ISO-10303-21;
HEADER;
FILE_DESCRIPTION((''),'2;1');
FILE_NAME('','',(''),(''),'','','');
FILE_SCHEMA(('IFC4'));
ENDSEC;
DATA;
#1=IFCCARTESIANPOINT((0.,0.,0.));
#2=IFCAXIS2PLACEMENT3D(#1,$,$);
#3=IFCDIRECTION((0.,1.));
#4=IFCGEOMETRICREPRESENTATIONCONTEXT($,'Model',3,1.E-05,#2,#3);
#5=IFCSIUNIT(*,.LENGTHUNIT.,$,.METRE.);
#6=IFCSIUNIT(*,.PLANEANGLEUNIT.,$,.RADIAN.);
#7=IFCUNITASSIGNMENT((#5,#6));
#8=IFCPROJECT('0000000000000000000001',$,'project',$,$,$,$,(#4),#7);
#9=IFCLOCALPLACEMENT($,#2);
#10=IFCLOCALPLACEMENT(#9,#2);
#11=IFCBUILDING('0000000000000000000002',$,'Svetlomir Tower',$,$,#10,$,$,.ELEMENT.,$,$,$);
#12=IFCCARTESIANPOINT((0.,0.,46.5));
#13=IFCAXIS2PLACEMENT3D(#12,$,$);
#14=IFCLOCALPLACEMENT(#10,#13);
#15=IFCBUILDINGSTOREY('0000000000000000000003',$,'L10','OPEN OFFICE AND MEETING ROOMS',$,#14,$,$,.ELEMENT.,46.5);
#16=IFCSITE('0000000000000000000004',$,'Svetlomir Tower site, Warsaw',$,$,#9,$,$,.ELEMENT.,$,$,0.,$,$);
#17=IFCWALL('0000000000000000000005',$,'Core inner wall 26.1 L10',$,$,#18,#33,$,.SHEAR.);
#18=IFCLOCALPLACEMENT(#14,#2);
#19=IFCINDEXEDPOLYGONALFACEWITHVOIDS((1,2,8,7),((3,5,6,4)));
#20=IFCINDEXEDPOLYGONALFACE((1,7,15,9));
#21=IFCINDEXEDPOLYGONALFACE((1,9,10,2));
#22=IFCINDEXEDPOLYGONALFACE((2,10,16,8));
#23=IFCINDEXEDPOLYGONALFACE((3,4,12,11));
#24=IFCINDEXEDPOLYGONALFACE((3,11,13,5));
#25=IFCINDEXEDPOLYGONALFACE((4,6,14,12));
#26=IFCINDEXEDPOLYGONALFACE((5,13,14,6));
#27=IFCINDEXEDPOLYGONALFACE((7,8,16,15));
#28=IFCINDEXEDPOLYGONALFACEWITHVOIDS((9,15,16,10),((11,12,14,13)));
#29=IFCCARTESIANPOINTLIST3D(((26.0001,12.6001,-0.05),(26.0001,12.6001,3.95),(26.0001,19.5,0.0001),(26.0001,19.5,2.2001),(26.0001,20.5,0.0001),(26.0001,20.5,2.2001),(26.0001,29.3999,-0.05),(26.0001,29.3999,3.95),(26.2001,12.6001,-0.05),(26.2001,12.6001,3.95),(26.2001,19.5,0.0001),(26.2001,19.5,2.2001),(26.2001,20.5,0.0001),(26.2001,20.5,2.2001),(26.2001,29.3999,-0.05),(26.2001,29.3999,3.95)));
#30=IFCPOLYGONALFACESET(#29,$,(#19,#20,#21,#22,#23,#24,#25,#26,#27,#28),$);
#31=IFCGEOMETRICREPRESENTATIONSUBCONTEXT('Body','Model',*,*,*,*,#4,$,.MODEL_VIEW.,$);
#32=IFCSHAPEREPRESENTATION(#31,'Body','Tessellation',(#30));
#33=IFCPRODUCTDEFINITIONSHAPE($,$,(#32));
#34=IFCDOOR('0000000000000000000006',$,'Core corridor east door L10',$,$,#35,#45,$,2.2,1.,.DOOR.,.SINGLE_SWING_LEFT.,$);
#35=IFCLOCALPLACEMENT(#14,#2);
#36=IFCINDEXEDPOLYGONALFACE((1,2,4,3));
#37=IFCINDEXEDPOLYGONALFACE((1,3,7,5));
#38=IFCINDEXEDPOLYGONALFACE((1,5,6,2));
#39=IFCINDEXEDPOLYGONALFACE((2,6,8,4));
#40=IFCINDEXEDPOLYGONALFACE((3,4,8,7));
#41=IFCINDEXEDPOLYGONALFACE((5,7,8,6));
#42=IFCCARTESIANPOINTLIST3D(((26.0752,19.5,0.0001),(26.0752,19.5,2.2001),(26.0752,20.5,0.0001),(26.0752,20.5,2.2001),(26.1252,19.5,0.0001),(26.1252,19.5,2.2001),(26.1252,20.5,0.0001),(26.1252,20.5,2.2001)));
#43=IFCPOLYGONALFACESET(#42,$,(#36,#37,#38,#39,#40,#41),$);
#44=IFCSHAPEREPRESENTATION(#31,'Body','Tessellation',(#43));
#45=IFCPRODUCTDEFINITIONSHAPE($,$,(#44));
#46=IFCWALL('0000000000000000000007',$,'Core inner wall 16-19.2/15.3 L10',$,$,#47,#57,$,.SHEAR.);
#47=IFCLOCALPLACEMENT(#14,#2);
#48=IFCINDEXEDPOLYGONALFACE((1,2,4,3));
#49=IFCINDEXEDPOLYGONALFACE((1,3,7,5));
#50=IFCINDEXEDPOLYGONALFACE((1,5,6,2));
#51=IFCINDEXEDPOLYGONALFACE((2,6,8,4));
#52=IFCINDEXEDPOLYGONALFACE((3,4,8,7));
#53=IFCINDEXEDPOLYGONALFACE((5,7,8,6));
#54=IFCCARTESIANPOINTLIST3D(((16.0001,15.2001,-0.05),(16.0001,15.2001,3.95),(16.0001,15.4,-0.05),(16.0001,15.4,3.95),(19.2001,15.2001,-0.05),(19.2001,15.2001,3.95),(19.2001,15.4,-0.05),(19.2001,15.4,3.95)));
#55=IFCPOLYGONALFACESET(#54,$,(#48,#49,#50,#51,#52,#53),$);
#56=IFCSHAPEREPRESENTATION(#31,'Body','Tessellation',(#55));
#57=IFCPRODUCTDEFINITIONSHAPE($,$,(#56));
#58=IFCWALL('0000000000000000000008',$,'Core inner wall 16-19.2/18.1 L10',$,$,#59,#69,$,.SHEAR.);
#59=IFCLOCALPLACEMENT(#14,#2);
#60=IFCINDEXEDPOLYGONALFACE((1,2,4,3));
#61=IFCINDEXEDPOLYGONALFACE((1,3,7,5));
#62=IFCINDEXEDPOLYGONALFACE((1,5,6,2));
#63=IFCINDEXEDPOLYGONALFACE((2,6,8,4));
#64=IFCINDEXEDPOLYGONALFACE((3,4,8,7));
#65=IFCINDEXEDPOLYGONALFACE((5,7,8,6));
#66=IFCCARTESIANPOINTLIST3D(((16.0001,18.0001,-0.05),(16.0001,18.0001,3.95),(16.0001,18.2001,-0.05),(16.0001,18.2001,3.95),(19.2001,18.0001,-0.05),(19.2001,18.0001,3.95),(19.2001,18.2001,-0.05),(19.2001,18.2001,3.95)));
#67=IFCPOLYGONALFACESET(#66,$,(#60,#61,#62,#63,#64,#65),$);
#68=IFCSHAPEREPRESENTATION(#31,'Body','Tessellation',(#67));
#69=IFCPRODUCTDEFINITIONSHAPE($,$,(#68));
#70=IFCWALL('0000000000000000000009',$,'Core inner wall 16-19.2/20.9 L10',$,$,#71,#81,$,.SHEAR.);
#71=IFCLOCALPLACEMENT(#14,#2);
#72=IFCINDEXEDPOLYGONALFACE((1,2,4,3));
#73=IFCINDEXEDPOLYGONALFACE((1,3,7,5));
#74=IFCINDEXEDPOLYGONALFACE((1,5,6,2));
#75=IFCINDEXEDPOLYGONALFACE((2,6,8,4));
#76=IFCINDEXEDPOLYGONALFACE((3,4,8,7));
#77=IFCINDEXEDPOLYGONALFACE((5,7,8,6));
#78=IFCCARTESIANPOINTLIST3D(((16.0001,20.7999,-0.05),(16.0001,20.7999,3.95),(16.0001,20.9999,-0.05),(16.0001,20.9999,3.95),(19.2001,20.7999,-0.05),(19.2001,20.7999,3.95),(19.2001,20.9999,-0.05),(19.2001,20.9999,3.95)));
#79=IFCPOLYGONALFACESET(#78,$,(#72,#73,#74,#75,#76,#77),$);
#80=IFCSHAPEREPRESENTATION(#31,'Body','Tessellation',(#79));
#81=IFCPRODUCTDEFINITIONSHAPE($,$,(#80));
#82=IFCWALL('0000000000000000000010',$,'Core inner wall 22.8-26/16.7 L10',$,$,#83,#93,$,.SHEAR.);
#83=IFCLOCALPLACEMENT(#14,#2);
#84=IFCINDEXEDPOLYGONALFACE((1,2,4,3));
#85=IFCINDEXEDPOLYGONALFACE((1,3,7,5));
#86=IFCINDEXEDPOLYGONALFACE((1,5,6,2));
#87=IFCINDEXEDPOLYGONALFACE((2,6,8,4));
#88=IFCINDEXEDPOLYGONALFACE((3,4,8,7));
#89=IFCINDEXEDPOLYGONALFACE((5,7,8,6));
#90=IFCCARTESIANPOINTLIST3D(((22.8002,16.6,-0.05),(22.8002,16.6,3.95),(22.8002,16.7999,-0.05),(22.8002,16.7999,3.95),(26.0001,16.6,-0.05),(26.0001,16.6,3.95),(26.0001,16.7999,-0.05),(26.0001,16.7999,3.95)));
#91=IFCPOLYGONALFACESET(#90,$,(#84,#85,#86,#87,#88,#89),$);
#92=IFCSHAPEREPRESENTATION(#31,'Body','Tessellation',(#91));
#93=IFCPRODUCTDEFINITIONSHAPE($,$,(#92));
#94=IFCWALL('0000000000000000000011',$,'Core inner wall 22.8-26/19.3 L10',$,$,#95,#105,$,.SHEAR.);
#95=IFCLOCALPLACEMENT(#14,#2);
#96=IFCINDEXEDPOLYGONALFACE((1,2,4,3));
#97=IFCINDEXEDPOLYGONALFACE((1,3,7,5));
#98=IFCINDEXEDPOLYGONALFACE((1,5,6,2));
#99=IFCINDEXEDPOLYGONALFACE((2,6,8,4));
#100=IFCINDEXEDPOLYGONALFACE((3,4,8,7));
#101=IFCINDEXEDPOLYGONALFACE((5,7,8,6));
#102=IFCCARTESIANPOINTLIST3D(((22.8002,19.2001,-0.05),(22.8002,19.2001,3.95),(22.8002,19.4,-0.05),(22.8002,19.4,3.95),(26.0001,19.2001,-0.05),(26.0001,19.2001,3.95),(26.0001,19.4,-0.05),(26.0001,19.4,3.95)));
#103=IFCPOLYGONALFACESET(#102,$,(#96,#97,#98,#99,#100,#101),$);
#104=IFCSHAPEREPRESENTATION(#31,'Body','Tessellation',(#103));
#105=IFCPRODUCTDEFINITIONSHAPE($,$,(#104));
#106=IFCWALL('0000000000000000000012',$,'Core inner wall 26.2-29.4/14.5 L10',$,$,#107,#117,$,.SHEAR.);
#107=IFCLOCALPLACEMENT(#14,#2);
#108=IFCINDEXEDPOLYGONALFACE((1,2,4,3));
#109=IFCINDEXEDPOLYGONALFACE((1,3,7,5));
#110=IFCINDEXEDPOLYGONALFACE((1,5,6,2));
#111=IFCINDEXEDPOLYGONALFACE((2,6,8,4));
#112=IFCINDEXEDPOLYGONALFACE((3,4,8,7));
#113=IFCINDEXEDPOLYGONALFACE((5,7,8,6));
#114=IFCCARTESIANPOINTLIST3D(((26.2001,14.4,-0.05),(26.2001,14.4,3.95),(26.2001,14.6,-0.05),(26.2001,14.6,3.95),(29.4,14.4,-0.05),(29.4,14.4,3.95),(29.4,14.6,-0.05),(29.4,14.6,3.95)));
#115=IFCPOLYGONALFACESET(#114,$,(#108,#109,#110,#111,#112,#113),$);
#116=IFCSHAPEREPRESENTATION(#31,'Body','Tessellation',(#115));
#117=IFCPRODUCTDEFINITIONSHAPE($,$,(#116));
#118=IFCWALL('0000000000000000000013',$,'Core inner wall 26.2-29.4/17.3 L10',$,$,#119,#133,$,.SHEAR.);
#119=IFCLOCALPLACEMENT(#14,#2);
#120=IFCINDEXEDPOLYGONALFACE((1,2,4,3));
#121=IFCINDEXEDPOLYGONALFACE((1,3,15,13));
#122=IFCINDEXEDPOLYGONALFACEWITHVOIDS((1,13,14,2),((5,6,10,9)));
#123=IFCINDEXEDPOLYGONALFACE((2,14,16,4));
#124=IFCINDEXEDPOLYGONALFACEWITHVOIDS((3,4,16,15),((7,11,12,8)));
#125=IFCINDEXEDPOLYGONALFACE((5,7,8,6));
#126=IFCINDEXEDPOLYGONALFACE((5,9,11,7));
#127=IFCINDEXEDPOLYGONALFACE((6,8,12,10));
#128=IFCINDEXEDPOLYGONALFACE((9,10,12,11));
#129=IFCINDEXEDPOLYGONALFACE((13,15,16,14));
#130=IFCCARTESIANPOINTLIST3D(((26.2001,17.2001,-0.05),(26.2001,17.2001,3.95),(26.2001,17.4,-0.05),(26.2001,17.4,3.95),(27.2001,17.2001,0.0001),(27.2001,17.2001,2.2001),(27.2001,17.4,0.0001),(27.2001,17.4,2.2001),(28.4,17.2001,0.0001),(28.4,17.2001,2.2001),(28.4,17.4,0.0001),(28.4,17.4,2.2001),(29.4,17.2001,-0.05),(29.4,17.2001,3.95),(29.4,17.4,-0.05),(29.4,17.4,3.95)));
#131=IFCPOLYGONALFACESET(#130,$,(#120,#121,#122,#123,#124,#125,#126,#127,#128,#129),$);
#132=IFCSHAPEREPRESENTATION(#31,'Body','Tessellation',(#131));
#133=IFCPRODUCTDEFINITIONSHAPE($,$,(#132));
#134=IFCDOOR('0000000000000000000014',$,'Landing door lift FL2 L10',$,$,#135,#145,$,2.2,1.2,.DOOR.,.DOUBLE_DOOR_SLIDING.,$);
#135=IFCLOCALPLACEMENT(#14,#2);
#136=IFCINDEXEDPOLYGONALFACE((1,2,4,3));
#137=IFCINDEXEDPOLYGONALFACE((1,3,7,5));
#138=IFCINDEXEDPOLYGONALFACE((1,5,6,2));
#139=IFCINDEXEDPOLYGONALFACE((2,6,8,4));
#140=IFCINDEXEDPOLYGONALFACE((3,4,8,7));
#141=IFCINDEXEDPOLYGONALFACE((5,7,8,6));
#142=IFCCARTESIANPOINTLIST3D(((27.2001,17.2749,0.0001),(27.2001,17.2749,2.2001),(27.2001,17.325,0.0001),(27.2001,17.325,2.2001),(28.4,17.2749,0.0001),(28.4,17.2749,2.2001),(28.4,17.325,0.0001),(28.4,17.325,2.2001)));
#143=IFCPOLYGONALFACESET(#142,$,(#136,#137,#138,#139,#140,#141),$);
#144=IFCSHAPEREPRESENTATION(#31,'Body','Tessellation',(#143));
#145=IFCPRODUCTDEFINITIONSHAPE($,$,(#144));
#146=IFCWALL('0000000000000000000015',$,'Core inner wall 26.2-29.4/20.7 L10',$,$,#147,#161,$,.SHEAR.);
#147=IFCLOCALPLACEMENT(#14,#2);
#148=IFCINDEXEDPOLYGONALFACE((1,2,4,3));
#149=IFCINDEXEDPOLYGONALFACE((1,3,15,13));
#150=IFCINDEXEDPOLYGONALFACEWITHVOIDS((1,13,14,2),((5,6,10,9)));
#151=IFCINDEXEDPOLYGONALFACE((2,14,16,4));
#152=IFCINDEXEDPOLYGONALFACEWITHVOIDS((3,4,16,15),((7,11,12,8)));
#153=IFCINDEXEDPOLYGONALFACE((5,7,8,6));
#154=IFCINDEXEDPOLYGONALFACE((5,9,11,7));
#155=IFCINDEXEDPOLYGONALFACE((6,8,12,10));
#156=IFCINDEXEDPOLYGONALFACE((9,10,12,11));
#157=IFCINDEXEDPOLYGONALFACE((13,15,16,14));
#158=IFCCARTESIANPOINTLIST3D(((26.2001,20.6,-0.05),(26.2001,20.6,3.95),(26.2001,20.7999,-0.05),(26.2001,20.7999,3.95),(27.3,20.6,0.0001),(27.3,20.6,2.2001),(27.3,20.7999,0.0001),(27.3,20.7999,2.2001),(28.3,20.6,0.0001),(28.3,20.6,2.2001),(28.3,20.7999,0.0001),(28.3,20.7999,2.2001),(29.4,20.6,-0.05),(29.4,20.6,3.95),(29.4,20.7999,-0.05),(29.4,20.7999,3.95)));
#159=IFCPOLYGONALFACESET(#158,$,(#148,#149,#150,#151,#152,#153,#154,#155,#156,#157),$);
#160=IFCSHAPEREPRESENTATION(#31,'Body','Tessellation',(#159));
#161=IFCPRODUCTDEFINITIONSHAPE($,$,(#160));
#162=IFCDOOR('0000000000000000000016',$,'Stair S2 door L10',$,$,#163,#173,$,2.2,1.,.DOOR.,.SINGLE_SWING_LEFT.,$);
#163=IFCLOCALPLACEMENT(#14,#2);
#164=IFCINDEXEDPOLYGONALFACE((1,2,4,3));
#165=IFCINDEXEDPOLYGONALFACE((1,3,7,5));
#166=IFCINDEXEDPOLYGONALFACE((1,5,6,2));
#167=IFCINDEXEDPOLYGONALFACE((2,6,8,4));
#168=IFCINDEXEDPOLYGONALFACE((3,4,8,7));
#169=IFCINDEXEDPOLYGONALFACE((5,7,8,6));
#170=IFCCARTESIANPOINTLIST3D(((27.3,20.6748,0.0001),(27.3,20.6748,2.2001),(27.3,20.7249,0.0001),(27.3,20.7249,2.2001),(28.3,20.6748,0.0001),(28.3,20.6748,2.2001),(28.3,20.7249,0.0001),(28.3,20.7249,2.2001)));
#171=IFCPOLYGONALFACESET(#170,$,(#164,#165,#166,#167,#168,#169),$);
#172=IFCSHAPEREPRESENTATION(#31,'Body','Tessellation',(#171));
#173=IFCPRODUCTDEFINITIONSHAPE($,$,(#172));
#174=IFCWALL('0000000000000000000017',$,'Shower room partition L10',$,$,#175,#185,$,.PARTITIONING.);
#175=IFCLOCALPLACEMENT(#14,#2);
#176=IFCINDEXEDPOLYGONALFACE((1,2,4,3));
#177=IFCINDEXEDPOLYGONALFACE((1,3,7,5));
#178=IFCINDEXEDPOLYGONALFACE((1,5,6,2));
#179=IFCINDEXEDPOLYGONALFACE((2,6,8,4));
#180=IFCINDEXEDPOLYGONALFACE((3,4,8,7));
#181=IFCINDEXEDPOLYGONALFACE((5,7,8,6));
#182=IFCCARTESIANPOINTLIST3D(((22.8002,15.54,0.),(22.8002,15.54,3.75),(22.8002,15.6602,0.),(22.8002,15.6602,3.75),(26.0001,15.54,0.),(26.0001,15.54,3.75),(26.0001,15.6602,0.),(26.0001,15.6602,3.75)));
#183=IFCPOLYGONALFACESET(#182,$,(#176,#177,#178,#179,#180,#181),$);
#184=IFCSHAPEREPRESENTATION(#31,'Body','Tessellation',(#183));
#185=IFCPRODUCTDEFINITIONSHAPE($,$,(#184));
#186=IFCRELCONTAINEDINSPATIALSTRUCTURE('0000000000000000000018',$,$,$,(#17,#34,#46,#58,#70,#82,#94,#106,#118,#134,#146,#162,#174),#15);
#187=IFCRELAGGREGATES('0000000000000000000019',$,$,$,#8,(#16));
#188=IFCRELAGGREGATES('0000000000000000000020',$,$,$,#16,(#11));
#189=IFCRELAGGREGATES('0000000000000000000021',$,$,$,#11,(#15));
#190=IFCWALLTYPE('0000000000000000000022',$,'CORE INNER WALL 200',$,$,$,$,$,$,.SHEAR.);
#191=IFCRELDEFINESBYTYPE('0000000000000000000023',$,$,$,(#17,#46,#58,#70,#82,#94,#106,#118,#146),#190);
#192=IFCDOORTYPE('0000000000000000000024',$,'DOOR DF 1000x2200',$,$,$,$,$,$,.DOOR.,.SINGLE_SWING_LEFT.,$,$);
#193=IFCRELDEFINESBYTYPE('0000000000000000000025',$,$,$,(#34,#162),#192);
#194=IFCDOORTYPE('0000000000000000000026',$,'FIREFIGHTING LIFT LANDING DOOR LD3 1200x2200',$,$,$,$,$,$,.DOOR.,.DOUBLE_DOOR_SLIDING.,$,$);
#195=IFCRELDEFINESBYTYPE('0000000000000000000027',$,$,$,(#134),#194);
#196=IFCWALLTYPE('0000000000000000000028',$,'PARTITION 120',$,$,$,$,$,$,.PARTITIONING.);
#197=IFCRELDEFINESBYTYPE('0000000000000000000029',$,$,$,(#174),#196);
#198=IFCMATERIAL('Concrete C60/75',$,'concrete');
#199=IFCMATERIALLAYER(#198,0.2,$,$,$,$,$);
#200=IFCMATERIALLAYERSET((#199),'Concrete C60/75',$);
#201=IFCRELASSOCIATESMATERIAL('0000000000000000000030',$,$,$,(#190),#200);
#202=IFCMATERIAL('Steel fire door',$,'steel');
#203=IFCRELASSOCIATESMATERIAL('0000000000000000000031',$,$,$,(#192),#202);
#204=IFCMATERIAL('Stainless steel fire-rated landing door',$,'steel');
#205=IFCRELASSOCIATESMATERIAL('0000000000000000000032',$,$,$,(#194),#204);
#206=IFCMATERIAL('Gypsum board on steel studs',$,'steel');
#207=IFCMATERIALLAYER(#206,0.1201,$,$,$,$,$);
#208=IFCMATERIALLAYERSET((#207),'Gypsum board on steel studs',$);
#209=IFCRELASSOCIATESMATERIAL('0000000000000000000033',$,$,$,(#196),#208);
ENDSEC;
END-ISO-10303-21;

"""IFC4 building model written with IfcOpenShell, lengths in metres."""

from ifc_helpers import new_model, si_unit, direction, frame, frame_2d, origin, place, context, subcontext, project, spatial, rectangle, extrude, material, layer, layer_set, type_object, element, fill, save


model = new_model("IFC4")

# Units and contexts
model_context = context("Model", 3, precision=1e-05, world=origin(), true_north=direction((0.0, 1.0)))
body_context = subcontext(model_context, "Body", "Model", "MODEL_VIEW")
ifc_project = project(units=[si_unit("LENGTHUNIT", "METRE"), si_unit("PLANEANGLEUNIT", "RADIAN")], contexts=[model_context])

# Site, building, storey
site_placement = place(None, origin())
site = spatial("IfcSite", under=ifc_project, at=site_placement, Name="Svetlomir Tower site, Warsaw", CompositionType="ELEMENT", RefElevation=0.0)
building_placement = place(site_placement, origin())
building = spatial("IfcBuilding", under=site, at=building_placement, Name="Svetlomir Tower", CompositionType="ELEMENT")
storey_placement = place(building_placement, frame((0.0, 0.0, 46.5)))
storey = spatial("IfcBuildingStorey", under=building, at=storey_placement, Name="L10", Description="OPEN OFFICE AND MEETING ROOMS", CompositionType="ELEMENT", Elevation=46.5)

# Wall, opening, door
ifc_material_1 = material(Name="Concrete C60/75", Category="concrete")
ifc_layer_1 = layer(ifc_material_1, 0.2)
ifc_layer_set_1 = layer_set([ifc_layer_1], Name="Concrete C60/75")
wall_type_1 = type_object("IfcWallType", Name="CORE INNER WALL 200", PredefinedType="SHEAR", material=ifc_layer_set_1)
wall_1_placement = place(storey_placement, frame((26.1001, 12.6001, -0.05), z_axis=(0.0, 0.0, 1.0), x_axis=(0.0, 1.0, 0.0)))
wall_1 = element("IfcWall", 1, at=wall_1_placement, inside=storey, type_object=wall_type_1, Name="Core inner wall 26.1 L10", PredefinedType="SHEAR", context=body_context, shape_type="SweptSolid", body=[
    extrude(rectangle(XDim=16.7998, YDim=0.2, at=frame_2d((8.3999, 0.0))), origin(), (0.0, 0.0, 1.0), 4.0),
])
opening_1_placement = place(wall_1_placement, frame((6.8999, 0.0, 0.05)))
opening_1 = element("IfcOpeningElement", 2, at=opening_1_placement, cuts=wall_1, PredefinedType="OPENING", context=body_context, shape_type="SweptSolid", body=[
    extrude(rectangle(XDim=1.0, YDim=2.2, at=frame_2d((0.5, 1.1001))), frame((0.0, 0.1099, 0.0), z_axis=(0.0, -1.0, 0.0), x_axis=(1.0, 0.0, 0.0)), (0.0, 0.0, 1.0), 0.22),
])
ifc_material_2 = material(Name="Steel fire door", Category="steel")
door_type_1 = type_object("IfcDoorType", Name="DOOR DF 1000x2200", OperationType="SINGLE_SWING_LEFT", PredefinedType="DOOR", material=ifc_material_2)
door_1_placement = place(opening_1_placement, origin())
door_1 = element("IfcDoor", 3, at=door_1_placement, inside=storey, type_object=door_type_1, Name="Core corridor east door L10", OperationType="SINGLE_SWING_LEFT", OverallHeight=2.2, OverallWidth=1.0, PredefinedType="DOOR", context=body_context, shape_type="SweptSolid", body=[
    extrude(rectangle(XDim=1.0, YDim=2.2, at=frame_2d((0.5, 1.1001))), frame((0.0, 0.0249, 0.0), z_axis=(0.0, -1.0, 0.0), x_axis=(1.0, 0.0, 0.0)), (0.0, 0.0, 1.0), 0.05),
])
fill(opening_1, door_1)

# Walls
for number, where, z_axis, x_axis, name in (
    (4, (16.0, 15.3, -0.05), (0.0, 0.0, 1.0), (1.0, 0.0, 0.0), "Core inner wall 16-19.2/15.3 L10"),
    (5, (16.0, 18.1001, -0.05), (0.0, 0.0, 1.0), (1.0, 0.0, 0.0), "Core inner wall 16-19.2/18.1 L10"),
    (6, (16.0, 20.8999, -0.05), (0.0, 0.0, 1.0), (1.0, 0.0, 0.0), "Core inner wall 16-19.2/20.9 L10"),
    (7, (22.8, 16.7, -0.05), (0.0, 0.0, 1.0), (1.0, 0.0, 0.0), "Core inner wall 22.8-26/16.7 L10"),
    (8, (22.8, 19.3, -0.05), (0.0, 0.0, 1.0), (1.0, 0.0, 0.0), "Core inner wall 22.8-26/19.3 L10"),
    (9, (26.2, 14.5, -0.05), (0.0, 0.0, 1.0), (1.0, 0.0, 0.0), "Core inner wall 26.2-29.4/14.5 L10"),
):
    element("IfcWall", number, at=place(storey_placement, frame(where, z_axis=z_axis, x_axis=x_axis)), inside=storey, type_object=wall_type_1, Name=name, PredefinedType="SHEAR", context=body_context, shape_type="SweptSolid", body=[
        extrude(rectangle(XDim=3.2, YDim=0.2, at=frame_2d((1.6001, 0.0))), origin(), (0.0, 0.0, 1.0), 4.0),
    ])

# Walls, openings, doors
wall_2_placement = place(storey_placement, frame((26.2, 17.3, -0.05), z_axis=(0.0, 0.0, 1.0), x_axis=(1.0, 0.0, 0.0)))
wall_2 = element("IfcWall", 10, at=wall_2_placement, inside=storey, type_object=wall_type_1, Name="Core inner wall 26.2-29.4/17.3 L10", PredefinedType="SHEAR", context=body_context, shape_type="SweptSolid", body=[
    extrude(rectangle(XDim=3.2, YDim=0.2, at=frame_2d((1.6001, 0.0))), origin(), (0.0, 0.0, 1.0), 4.0),
])
opening_2_placement = place(wall_2_placement, frame((1.0, 0.0, 0.05)))
opening_2 = element("IfcOpeningElement", 11, at=opening_2_placement, cuts=wall_2, PredefinedType="OPENING", context=body_context, shape_type="SweptSolid", body=[
    extrude(rectangle(XDim=1.2, YDim=2.2, at=frame_2d((0.6001, 1.1001))), frame((0.0, 0.1099, 0.0), z_axis=(0.0, -1.0, 0.0), x_axis=(1.0, 0.0, 0.0)), (0.0, 0.0, 1.0), 0.22),
])
ifc_material_3 = material(Name="Stainless steel fire-rated landing door", Category="steel")
door_type_2 = type_object("IfcDoorType", Name="FIREFIGHTING LIFT LANDING DOOR LD3 1200x2200", OperationType="DOUBLE_DOOR_SLIDING", PredefinedType="DOOR", material=ifc_material_3)
door_2_placement = place(opening_2_placement, origin())
door_2 = element("IfcDoor", 12, at=door_2_placement, inside=storey, type_object=door_type_2, Name="Landing door lift FL2 L10", OperationType="DOUBLE_DOOR_SLIDING", OverallHeight=2.2, OverallWidth=1.2, PredefinedType="DOOR", context=body_context, shape_type="SweptSolid", body=[
    extrude(rectangle(XDim=1.2, YDim=2.2, at=frame_2d((0.6001, 1.1001))), frame((0.0, 0.0249, 0.0), z_axis=(0.0, -1.0, 0.0), x_axis=(1.0, 0.0, 0.0)), (0.0, 0.0, 1.0), 0.05),
])
fill(opening_2, door_2)
wall_3_placement = place(storey_placement, frame((26.2, 20.7, -0.05), z_axis=(0.0, 0.0, 1.0), x_axis=(1.0, 0.0, 0.0)))
wall_3 = element("IfcWall", 13, at=wall_3_placement, inside=storey, type_object=wall_type_1, Name="Core inner wall 26.2-29.4/20.7 L10", PredefinedType="SHEAR", context=body_context, shape_type="SweptSolid", body=[
    extrude(rectangle(XDim=3.2, YDim=0.2, at=frame_2d((1.6001, 0.0))), origin(), (0.0, 0.0, 1.0), 4.0),
])
opening_3_placement = place(wall_3_placement, frame((1.1001, 0.0, 0.05)))
opening_3 = element("IfcOpeningElement", 14, at=opening_3_placement, cuts=wall_3, PredefinedType="OPENING", context=body_context, shape_type="SweptSolid", body=[
    extrude(rectangle(XDim=1.0, YDim=2.2, at=frame_2d((0.5, 1.1001))), frame((0.0, 0.1099, 0.0), z_axis=(0.0, -1.0, 0.0), x_axis=(1.0, 0.0, 0.0)), (0.0, 0.0, 1.0), 0.22),
])
door_3_placement = place(opening_3_placement, origin())
door_3 = element("IfcDoor", 15, at=door_3_placement, inside=storey, type_object=door_type_1, Name="Stair S2 door L10", OperationType="SINGLE_SWING_LEFT", OverallHeight=2.2, OverallWidth=1.0, PredefinedType="DOOR", context=body_context, shape_type="SweptSolid", body=[
    extrude(rectangle(XDim=1.0, YDim=2.2, at=frame_2d((0.5, 1.1001))), frame((0.0, 0.0249, 0.0), z_axis=(0.0, -1.0, 0.0), x_axis=(1.0, 0.0, 0.0)), (0.0, 0.0, 1.0), 0.05),
])
fill(opening_3, door_3)

# Wall
ifc_material_4 = material(Name="Gypsum board on steel studs", Category="steel")
ifc_layer_2 = layer(ifc_material_4, 0.1201)
ifc_layer_set_2 = layer_set([ifc_layer_2], Name="Gypsum board on steel studs")
wall_type_2 = type_object("IfcWallType", Name="PARTITION 120", PredefinedType="PARTITIONING", material=ifc_layer_set_2)
wall_4_placement = place(storey_placement, frame((22.8, 15.6001, 0.0), z_axis=(0.0, 0.0, 1.0), x_axis=(1.0, 0.0, 0.0)))
element("IfcWall", 16, at=wall_4_placement, inside=storey, type_object=wall_type_2, Name="Shower room partition L10", PredefinedType="PARTITIONING", context=body_context, shape_type="SweptSolid", body=[
    extrude(rectangle(XDim=3.2, YDim=0.1201, at=frame_2d((1.6001, 0.0))), origin(), (0.0, 0.0, 1.0), 3.75),
])

save(model, "model.ifc")
